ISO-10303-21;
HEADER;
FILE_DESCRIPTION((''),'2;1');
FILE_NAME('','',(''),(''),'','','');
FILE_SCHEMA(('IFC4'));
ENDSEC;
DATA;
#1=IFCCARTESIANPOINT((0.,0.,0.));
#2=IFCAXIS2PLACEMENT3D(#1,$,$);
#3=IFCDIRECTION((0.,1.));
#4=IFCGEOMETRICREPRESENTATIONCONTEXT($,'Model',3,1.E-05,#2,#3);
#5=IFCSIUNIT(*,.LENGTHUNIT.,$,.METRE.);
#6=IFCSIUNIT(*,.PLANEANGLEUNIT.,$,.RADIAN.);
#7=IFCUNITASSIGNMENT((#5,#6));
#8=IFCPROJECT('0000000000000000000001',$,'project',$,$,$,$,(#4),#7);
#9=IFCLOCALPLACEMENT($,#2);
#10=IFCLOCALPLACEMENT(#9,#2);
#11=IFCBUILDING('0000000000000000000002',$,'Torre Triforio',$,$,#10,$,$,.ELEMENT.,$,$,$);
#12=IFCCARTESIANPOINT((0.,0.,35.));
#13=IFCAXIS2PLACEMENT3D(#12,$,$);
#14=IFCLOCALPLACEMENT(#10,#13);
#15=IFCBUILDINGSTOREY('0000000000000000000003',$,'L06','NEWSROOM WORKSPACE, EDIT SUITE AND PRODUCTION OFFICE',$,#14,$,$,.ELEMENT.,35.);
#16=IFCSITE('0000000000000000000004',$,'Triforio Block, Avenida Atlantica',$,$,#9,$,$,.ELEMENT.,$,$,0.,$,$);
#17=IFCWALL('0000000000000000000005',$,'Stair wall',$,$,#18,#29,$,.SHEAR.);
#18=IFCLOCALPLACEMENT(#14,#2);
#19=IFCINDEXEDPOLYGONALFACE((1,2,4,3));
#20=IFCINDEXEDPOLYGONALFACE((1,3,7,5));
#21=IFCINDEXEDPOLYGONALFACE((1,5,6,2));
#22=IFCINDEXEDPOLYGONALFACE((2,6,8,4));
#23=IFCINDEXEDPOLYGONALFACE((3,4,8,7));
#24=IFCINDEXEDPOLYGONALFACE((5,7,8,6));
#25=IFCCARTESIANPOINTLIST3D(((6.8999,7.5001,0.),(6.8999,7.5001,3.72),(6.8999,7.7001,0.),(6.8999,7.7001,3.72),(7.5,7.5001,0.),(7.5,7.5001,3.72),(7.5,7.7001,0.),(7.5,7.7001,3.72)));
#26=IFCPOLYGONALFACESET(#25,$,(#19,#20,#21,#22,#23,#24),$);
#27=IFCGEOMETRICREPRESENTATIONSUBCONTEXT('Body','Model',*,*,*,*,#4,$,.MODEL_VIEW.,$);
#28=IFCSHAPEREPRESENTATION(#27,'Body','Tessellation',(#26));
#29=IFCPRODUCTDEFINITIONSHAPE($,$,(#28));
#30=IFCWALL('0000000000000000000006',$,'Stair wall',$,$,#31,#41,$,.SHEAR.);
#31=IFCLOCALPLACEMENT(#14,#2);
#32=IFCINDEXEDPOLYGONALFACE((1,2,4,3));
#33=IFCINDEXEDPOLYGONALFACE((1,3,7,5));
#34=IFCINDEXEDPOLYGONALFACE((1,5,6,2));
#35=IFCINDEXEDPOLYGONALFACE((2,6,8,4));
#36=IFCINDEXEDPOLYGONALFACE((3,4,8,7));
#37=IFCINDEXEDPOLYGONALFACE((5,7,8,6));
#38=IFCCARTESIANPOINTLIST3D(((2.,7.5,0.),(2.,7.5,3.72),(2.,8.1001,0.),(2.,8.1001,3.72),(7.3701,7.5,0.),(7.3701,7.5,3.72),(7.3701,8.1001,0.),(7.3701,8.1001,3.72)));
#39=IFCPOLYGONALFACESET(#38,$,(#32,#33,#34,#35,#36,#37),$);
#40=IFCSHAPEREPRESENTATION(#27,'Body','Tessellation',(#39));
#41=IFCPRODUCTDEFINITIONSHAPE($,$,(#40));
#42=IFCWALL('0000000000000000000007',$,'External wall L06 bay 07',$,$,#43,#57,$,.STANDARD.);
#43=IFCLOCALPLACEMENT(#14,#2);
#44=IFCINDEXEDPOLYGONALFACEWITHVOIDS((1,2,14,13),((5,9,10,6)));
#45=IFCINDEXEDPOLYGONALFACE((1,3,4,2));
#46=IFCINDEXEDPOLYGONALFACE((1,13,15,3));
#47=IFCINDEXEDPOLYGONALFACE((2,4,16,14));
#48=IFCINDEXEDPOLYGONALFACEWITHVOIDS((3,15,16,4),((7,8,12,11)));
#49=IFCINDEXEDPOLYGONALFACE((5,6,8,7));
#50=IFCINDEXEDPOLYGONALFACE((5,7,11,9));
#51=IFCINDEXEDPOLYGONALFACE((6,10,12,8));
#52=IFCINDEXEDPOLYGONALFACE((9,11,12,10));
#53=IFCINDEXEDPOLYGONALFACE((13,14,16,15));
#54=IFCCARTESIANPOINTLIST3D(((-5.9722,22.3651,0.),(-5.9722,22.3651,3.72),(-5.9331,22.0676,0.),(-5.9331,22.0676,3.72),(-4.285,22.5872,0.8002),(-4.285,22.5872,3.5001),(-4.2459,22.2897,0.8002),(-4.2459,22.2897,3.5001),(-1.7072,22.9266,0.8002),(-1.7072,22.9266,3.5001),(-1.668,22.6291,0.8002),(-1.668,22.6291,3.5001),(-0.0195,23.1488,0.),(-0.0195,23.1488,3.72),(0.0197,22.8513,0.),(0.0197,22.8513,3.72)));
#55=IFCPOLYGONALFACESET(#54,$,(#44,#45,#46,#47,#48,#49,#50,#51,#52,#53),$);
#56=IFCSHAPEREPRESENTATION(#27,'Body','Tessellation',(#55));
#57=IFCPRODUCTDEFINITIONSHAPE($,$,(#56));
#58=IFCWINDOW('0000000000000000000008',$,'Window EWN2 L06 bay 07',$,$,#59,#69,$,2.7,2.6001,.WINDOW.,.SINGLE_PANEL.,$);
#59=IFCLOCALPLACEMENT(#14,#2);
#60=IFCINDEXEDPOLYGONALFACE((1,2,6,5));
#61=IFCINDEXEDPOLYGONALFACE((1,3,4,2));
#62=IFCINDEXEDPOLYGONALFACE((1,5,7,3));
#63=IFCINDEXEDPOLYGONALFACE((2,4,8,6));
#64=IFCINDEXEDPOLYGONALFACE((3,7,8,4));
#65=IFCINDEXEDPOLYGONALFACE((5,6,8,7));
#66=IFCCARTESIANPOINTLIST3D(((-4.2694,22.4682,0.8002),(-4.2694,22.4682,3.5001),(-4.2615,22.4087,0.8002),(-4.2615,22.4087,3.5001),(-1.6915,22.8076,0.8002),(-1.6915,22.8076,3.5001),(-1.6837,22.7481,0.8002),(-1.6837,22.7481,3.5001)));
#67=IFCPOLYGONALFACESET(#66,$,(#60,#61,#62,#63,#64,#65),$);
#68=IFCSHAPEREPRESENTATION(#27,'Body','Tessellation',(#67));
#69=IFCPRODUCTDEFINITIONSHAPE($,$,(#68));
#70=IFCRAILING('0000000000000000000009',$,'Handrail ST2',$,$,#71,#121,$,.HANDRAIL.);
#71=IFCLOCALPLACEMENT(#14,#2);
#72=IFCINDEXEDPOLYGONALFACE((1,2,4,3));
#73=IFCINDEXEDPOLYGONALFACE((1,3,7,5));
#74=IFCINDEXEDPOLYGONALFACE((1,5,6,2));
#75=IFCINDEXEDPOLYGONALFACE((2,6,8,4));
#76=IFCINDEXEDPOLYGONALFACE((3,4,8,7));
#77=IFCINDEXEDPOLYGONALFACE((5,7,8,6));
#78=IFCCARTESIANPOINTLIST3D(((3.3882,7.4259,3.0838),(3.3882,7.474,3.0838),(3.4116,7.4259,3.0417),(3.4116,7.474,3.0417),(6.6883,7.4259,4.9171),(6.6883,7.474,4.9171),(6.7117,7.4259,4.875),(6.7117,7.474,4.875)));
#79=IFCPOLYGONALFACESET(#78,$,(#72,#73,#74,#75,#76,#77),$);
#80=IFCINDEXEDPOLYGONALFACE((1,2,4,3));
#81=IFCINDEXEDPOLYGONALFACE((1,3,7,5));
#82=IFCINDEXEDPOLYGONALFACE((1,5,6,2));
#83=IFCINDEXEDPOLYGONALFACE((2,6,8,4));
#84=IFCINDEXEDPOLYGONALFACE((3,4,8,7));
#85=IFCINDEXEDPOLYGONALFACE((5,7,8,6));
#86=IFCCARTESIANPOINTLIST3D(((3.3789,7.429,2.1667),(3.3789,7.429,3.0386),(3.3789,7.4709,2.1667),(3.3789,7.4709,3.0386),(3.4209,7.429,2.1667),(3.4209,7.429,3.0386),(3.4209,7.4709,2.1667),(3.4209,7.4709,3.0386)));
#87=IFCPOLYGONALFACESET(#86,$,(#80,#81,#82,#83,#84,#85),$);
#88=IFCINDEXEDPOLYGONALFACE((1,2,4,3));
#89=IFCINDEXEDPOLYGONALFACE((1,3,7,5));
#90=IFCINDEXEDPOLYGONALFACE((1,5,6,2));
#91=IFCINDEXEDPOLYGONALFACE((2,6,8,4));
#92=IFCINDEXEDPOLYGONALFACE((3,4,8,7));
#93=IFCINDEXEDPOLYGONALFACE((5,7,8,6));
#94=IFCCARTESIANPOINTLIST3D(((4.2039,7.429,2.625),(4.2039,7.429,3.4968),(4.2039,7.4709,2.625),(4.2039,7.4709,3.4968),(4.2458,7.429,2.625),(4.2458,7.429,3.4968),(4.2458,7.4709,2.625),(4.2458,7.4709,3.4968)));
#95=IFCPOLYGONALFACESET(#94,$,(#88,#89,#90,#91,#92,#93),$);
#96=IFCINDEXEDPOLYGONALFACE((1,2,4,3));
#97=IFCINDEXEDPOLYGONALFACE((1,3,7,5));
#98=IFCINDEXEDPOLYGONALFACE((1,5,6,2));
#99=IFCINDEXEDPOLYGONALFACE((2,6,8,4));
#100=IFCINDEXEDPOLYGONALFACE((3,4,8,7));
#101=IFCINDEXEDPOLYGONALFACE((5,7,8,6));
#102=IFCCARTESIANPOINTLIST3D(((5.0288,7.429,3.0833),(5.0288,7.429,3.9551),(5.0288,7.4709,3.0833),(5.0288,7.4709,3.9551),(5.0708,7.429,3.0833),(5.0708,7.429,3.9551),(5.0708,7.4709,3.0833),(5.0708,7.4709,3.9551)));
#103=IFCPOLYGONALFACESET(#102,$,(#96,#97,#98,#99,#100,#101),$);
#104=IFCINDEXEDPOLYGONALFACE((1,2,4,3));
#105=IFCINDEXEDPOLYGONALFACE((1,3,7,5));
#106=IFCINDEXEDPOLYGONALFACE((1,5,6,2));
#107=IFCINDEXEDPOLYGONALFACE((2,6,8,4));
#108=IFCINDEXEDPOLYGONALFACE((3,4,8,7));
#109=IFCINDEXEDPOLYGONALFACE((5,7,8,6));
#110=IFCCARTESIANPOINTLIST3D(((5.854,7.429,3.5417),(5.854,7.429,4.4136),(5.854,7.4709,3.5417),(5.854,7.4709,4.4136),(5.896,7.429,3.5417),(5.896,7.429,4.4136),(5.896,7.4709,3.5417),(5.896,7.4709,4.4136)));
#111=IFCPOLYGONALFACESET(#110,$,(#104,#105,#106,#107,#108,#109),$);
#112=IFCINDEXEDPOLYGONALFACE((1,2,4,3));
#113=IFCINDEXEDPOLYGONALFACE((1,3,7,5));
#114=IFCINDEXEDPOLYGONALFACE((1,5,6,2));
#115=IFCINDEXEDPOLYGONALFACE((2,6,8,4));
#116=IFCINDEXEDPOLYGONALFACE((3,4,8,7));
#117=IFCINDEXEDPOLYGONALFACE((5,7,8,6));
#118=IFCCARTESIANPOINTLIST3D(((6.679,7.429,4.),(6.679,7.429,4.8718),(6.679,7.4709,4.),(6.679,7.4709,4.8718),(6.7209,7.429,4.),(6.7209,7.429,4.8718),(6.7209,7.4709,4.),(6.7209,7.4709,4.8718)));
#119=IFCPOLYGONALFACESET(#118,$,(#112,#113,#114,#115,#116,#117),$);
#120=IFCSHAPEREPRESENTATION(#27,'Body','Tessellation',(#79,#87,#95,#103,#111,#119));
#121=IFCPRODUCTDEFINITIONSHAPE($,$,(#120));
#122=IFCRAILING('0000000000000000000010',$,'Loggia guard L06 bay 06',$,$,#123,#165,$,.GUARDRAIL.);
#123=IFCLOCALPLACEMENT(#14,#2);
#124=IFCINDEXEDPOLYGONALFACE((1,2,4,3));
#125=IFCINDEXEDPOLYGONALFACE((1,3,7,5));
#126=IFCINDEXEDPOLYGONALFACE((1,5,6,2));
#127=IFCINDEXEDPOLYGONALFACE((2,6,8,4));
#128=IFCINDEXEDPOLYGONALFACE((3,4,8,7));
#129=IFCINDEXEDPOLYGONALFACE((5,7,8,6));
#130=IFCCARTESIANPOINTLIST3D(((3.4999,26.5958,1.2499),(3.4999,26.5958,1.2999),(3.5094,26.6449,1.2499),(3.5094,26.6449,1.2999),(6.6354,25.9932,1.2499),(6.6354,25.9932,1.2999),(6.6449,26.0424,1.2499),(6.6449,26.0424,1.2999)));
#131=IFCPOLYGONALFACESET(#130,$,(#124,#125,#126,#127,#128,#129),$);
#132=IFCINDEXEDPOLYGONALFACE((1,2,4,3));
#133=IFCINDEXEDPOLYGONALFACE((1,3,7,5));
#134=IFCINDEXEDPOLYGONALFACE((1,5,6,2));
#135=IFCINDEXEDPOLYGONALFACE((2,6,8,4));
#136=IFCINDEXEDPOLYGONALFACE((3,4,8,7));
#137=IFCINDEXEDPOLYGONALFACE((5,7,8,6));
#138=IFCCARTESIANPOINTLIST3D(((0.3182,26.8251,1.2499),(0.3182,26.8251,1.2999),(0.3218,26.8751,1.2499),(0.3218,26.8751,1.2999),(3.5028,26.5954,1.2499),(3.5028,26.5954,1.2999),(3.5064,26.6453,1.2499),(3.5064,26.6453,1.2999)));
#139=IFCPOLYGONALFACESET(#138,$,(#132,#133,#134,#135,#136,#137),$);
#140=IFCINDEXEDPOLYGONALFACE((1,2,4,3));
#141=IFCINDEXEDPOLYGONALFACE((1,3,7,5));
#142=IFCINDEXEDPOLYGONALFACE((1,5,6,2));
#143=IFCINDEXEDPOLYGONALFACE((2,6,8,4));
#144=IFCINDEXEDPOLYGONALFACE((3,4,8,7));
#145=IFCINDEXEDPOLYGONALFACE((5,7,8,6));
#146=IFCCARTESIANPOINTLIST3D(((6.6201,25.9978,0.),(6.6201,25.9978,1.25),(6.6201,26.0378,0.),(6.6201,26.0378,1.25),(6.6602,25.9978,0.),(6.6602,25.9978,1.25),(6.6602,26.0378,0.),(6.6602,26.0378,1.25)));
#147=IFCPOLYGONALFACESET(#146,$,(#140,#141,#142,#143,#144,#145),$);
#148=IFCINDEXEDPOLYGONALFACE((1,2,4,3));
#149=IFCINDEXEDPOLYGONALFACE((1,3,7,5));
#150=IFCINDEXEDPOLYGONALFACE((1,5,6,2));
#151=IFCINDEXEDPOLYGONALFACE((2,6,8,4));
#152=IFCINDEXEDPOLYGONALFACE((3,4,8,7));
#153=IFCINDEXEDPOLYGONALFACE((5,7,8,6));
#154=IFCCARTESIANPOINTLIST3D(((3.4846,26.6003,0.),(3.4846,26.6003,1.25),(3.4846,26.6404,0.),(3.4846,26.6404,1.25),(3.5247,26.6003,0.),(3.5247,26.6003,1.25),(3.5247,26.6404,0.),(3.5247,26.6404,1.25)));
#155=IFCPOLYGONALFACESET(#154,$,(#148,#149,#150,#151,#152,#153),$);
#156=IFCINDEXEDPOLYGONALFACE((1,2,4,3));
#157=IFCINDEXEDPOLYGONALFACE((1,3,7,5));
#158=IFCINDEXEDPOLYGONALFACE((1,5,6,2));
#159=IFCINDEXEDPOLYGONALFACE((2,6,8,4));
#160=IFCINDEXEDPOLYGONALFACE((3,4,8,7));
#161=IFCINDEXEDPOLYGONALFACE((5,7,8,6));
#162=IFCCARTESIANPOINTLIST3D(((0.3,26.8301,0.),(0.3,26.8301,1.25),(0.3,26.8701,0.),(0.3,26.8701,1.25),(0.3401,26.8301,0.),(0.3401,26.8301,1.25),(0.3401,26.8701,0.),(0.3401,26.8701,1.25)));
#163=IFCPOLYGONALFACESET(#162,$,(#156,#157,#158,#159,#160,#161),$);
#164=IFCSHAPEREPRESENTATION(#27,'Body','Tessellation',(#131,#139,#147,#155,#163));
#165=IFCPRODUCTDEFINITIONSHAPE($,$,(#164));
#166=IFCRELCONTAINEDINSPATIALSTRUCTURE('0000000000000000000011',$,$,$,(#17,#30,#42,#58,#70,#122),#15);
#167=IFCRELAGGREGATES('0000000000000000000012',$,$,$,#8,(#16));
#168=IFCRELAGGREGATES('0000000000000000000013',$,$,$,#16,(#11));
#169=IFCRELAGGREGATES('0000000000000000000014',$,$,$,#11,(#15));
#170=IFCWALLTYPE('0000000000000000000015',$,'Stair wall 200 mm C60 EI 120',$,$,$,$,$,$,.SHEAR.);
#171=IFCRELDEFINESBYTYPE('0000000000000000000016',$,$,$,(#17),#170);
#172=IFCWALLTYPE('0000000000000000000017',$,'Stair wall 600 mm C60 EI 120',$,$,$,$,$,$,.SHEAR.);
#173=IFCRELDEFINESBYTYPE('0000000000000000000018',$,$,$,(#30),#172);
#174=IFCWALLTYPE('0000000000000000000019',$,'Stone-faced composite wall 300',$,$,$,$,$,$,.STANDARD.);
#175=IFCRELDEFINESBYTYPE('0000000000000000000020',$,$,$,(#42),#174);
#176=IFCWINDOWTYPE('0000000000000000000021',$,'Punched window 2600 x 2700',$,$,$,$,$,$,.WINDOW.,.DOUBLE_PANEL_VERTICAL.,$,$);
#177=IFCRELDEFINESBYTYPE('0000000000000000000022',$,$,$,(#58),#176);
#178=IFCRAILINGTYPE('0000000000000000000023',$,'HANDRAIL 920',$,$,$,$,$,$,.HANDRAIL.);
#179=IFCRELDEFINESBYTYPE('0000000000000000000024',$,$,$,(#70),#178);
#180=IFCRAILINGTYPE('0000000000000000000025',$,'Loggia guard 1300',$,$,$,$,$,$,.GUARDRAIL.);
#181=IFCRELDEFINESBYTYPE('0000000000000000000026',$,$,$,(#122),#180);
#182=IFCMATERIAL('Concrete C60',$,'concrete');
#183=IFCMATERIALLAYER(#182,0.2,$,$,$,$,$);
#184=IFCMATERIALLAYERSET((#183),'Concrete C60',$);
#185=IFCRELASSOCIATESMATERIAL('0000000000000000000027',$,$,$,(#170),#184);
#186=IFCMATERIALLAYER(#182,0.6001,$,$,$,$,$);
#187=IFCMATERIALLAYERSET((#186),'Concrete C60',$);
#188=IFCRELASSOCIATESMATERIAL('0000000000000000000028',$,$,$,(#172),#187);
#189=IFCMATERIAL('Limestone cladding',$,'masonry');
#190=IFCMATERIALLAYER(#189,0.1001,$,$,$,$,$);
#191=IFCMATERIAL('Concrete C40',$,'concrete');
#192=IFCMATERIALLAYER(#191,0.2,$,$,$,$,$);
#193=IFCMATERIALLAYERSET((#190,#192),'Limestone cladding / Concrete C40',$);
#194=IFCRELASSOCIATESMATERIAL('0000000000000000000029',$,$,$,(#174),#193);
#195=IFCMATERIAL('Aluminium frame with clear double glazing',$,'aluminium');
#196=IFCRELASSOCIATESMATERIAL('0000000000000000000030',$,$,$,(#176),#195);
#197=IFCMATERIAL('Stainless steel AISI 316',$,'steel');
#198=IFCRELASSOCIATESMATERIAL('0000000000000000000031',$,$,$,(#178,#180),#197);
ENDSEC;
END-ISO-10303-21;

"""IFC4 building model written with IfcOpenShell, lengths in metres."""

from ifc_helpers import new_model, si_unit, direction, frame, frame_2d, origin, origin_2d, place, context, subcontext, project, spatial, rectangle, extrude, material, layer, layer_set, type_object, element, fill, save


model = new_model("IFC4")

# Units and contexts
model_context = context("Model", 3, precision=1e-05, world=origin(), true_north=direction((0.0, 1.0)))
body_context = subcontext(model_context, "Body", "Model", "MODEL_VIEW")
ifc_project = project(units=[si_unit("LENGTHUNIT", "METRE"), si_unit("PLANEANGLEUNIT", "RADIAN")], contexts=[model_context])

# Site, building, storey
site_placement = place(None, origin())
site = spatial("IfcSite", under=ifc_project, at=site_placement, Name="Triforio Block, Avenida Atlantica", CompositionType="ELEMENT", RefElevation=0.0)
building_placement = place(site_placement, origin())
building = spatial("IfcBuilding", under=site, at=building_placement, Name="Torre Triforio", CompositionType="ELEMENT")
storey_placement = place(building_placement, frame((0.0, 0.0, 35.0)))
storey = spatial("IfcBuildingStorey", under=building, at=storey_placement, Name="L06", Description="NEWSROOM WORKSPACE, EDIT SUITE AND PRODUCTION OFFICE", CompositionType="ELEMENT", Elevation=35.0)

# Shared definitions
ifc_material_1 = material(Name="Concrete C60", Category="concrete")

# Walls
ifc_layer_1 = layer(ifc_material_1, 0.2)
ifc_layer_set_1 = layer_set([ifc_layer_1], Name="Concrete C60")
wall_type_1 = type_object("IfcWallType", Name="Stair wall 200 mm C60 EI 120", PredefinedType="SHEAR", material=ifc_layer_set_1)
wall_1_placement = place(storey_placement, frame((6.8999, 7.6001, 0.0), z_axis=(0.0, 0.0, 1.0), x_axis=(1.0, 0.0, 0.0)))
element("IfcWall", 1, at=wall_1_placement, inside=storey, type_object=wall_type_1, Name="Stair wall", PredefinedType="SHEAR", context=body_context, shape_type="SweptSolid", body=[
    extrude(rectangle(XDim=0.6001, YDim=0.2, at=frame_2d((0.3, 0.0))), origin(), (0.0, 0.0, 1.0), 3.72),
])
ifc_layer_2 = layer(ifc_material_1, 0.6001)
ifc_layer_set_2 = layer_set([ifc_layer_2], Name="Concrete C60")
wall_type_2 = type_object("IfcWallType", Name="Stair wall 600 mm C60 EI 120", PredefinedType="SHEAR", material=ifc_layer_set_2)
wall_2_placement = place(storey_placement, frame((2.0, 7.8, 0.0), z_axis=(0.0, 0.0, 1.0), x_axis=(1.0, 0.0, 0.0)))
element("IfcWall", 2, at=wall_2_placement, inside=storey, type_object=wall_type_2, Name="Stair wall", PredefinedType="SHEAR", context=body_context, shape_type="SweptSolid", body=[
    extrude(rectangle(XDim=5.3701, YDim=0.6001, at=frame_2d((2.6851, 0.0))), origin(), (0.0, 0.0, 1.0), 3.72),
])

# Shared definitions
ifc_material_2 = material(Name="Limestone cladding", Category="masonry")
ifc_layer_3 = layer(ifc_material_2, 0.1001)
ifc_material_3 = material(Name="Concrete C40", Category="concrete")
ifc_layer_4 = layer(ifc_material_3, 0.2)
ifc_layer_set_3 = layer_set([ifc_layer_3, ifc_layer_4], Name="Limestone cladding / Concrete C40")
wall_type_3 = type_object("IfcWallType", Name="Stone-faced composite wall 300", PredefinedType="STANDARD", material=ifc_layer_set_3)
ifc_material_4 = material(Name="Aluminium frame with clear double glazing", Category="aluminium")

# Wall, opening, window
wall_3_placement = place(storey_placement, frame((0.0, 23.0, 0.0), z_axis=(0.0, 0.0, 1.0), x_axis=(-0.991445, -0.130523, 0.0)))
wall_3 = element("IfcWall", 3, at=wall_3_placement, inside=storey, type_object=wall_type_3, Name="External wall L06 bay 07", PredefinedType="STANDARD", context=body_context, shape_type="SweptSolid", body=[
    extrude(rectangle(XDim=6.0042, YDim=0.3, at=frame_2d((3.002, 0.0))), origin(), (0.0, 0.0, 1.0), 3.72),
])
opening_1_placement = place(wall_3_placement, frame((1.7021, 0.0, 0.8)))
opening_1 = element("IfcOpeningElement", 4, at=opening_1_placement, cuts=wall_3, PredefinedType="OPENING", context=body_context, shape_type="SweptSolid", body=[
    extrude(rectangle(XDim=2.6001, YDim=2.7, at=frame_2d((1.3, 1.3501))), frame((0.0, 0.1599, 0.0), z_axis=(0.0, -1.0, 0.0), x_axis=(1.0, 0.0, 0.0)), (0.0, 0.0, 1.0), 0.3201),
])
window_type_1 = type_object("IfcWindowType", Name="Punched window 2600 x 2700", PartitioningType="DOUBLE_PANEL_VERTICAL", PredefinedType="WINDOW", material=ifc_material_4)
window_1_placement = place(opening_1_placement, origin())
window_1 = element("IfcWindow", 5, at=window_1_placement, inside=storey, type_object=window_type_1, Name="Window EWN2 L06 bay 07", OverallHeight=2.7, OverallWidth=2.6001, PartitioningType="SINGLE_PANEL", PredefinedType="WINDOW", context=body_context, shape_type="SweptSolid", body=[
    extrude(rectangle(XDim=2.6001, YDim=2.7, at=frame_2d((1.3, 1.3501))), frame((0.0, 0.03, 0.0), z_axis=(0.0, -1.0, 0.0), x_axis=(1.0, 0.0, 0.0)), (0.0, 0.0, 1.0), 0.0601),
])
fill(opening_1, window_1)

# Railings
ifc_material_5 = material(Name="Stainless steel AISI 316", Category="steel")
railing_type_1 = type_object("IfcRailingType", Name="HANDRAIL 920", PredefinedType="HANDRAIL", material=ifc_material_5)
railing_1_placement = place(storey_placement, frame((3.3999, 7.45, 2.1667)))
element("IfcRailing", 6, at=railing_1_placement, inside=storey, type_object=railing_type_1, Name="Handrail ST2", PredefinedType="HANDRAIL", context=body_context, shape_type="SweptSolid", body=[
    extrude(rectangle(XDim=0.0481, YDim=0.0481, at=origin_2d()), frame((0.0, 0.0, 0.896), z_axis=(0.874169, 0.0, 0.485621), x_axis=(0.0, 1.0, 0.0)), (0.0, 0.0, 1.0), 3.7751),
    extrude(rectangle(XDim=0.042, YDim=0.042, at=origin_2d()), origin(), (0.0, 0.0, 1.0), 0.8718),
    extrude(rectangle(XDim=0.042, YDim=0.042, at=origin_2d()), frame((0.825, 0.0, 0.4583)), (0.0, 0.0, 1.0), 0.8718),
    extrude(rectangle(XDim=0.042, YDim=0.042, at=origin_2d()), frame((1.6499, 0.0, 0.9165)), (0.0, 0.0, 1.0), 0.8718),
    extrude(rectangle(XDim=0.042, YDim=0.042, at=origin_2d()), frame((2.4751, 0.0, 1.375)), (0.0, 0.0, 1.0), 0.8718),
    extrude(rectangle(XDim=0.042, YDim=0.042, at=origin_2d()), frame((3.3, 0.0, 1.8333)), (0.0, 0.0, 1.0), 0.8718),
])
railing_type_2 = type_object("IfcRailingType", Name="Loggia guard 1300", PredefinedType="GUARDRAIL", material=ifc_material_5)
railing_2_placement = place(storey_placement, frame((6.6401, 26.0178, 0.0)))
element("IfcRailing", 7, at=railing_2_placement, inside=storey, type_object=railing_type_2, Name="Loggia guard L06 bay 06", PredefinedType="GUARDRAIL", context=body_context, shape_type="SweptSolid", body=[
    extrude(rectangle(XDim=0.05, YDim=0.05, at=origin_2d()), frame((0.0, 0.0, 1.2749), z_axis=(-0.982032, 0.188714, 0.0), x_axis=(-0.188714, -0.982032, 0.0)), (0.0, 0.0, 1.0), 3.1929),
    extrude(rectangle(XDim=0.05, YDim=0.05, at=origin_2d()), frame((-3.1355, 0.6025, 1.2749), z_axis=(-0.997408, 0.071953, 0.0), x_axis=(-0.071953, -0.997408, 0.0)), (0.0, 0.0, 1.0), 3.1929),
    extrude(rectangle(XDim=0.04, YDim=0.04, at=origin_2d()), origin(), (0.0, 0.0, 1.0), 1.25),
    extrude(rectangle(XDim=0.04, YDim=0.04, at=origin_2d()), frame((-3.1355, 0.6025, 0.0)), (0.0, 0.0, 1.0), 1.25),
    extrude(rectangle(XDim=0.04, YDim=0.04, at=origin_2d()), frame((-6.3201, 0.8323, 0.0)), (0.0, 0.0, 1.0), 1.25),
])

save(model, "model.ifc")
